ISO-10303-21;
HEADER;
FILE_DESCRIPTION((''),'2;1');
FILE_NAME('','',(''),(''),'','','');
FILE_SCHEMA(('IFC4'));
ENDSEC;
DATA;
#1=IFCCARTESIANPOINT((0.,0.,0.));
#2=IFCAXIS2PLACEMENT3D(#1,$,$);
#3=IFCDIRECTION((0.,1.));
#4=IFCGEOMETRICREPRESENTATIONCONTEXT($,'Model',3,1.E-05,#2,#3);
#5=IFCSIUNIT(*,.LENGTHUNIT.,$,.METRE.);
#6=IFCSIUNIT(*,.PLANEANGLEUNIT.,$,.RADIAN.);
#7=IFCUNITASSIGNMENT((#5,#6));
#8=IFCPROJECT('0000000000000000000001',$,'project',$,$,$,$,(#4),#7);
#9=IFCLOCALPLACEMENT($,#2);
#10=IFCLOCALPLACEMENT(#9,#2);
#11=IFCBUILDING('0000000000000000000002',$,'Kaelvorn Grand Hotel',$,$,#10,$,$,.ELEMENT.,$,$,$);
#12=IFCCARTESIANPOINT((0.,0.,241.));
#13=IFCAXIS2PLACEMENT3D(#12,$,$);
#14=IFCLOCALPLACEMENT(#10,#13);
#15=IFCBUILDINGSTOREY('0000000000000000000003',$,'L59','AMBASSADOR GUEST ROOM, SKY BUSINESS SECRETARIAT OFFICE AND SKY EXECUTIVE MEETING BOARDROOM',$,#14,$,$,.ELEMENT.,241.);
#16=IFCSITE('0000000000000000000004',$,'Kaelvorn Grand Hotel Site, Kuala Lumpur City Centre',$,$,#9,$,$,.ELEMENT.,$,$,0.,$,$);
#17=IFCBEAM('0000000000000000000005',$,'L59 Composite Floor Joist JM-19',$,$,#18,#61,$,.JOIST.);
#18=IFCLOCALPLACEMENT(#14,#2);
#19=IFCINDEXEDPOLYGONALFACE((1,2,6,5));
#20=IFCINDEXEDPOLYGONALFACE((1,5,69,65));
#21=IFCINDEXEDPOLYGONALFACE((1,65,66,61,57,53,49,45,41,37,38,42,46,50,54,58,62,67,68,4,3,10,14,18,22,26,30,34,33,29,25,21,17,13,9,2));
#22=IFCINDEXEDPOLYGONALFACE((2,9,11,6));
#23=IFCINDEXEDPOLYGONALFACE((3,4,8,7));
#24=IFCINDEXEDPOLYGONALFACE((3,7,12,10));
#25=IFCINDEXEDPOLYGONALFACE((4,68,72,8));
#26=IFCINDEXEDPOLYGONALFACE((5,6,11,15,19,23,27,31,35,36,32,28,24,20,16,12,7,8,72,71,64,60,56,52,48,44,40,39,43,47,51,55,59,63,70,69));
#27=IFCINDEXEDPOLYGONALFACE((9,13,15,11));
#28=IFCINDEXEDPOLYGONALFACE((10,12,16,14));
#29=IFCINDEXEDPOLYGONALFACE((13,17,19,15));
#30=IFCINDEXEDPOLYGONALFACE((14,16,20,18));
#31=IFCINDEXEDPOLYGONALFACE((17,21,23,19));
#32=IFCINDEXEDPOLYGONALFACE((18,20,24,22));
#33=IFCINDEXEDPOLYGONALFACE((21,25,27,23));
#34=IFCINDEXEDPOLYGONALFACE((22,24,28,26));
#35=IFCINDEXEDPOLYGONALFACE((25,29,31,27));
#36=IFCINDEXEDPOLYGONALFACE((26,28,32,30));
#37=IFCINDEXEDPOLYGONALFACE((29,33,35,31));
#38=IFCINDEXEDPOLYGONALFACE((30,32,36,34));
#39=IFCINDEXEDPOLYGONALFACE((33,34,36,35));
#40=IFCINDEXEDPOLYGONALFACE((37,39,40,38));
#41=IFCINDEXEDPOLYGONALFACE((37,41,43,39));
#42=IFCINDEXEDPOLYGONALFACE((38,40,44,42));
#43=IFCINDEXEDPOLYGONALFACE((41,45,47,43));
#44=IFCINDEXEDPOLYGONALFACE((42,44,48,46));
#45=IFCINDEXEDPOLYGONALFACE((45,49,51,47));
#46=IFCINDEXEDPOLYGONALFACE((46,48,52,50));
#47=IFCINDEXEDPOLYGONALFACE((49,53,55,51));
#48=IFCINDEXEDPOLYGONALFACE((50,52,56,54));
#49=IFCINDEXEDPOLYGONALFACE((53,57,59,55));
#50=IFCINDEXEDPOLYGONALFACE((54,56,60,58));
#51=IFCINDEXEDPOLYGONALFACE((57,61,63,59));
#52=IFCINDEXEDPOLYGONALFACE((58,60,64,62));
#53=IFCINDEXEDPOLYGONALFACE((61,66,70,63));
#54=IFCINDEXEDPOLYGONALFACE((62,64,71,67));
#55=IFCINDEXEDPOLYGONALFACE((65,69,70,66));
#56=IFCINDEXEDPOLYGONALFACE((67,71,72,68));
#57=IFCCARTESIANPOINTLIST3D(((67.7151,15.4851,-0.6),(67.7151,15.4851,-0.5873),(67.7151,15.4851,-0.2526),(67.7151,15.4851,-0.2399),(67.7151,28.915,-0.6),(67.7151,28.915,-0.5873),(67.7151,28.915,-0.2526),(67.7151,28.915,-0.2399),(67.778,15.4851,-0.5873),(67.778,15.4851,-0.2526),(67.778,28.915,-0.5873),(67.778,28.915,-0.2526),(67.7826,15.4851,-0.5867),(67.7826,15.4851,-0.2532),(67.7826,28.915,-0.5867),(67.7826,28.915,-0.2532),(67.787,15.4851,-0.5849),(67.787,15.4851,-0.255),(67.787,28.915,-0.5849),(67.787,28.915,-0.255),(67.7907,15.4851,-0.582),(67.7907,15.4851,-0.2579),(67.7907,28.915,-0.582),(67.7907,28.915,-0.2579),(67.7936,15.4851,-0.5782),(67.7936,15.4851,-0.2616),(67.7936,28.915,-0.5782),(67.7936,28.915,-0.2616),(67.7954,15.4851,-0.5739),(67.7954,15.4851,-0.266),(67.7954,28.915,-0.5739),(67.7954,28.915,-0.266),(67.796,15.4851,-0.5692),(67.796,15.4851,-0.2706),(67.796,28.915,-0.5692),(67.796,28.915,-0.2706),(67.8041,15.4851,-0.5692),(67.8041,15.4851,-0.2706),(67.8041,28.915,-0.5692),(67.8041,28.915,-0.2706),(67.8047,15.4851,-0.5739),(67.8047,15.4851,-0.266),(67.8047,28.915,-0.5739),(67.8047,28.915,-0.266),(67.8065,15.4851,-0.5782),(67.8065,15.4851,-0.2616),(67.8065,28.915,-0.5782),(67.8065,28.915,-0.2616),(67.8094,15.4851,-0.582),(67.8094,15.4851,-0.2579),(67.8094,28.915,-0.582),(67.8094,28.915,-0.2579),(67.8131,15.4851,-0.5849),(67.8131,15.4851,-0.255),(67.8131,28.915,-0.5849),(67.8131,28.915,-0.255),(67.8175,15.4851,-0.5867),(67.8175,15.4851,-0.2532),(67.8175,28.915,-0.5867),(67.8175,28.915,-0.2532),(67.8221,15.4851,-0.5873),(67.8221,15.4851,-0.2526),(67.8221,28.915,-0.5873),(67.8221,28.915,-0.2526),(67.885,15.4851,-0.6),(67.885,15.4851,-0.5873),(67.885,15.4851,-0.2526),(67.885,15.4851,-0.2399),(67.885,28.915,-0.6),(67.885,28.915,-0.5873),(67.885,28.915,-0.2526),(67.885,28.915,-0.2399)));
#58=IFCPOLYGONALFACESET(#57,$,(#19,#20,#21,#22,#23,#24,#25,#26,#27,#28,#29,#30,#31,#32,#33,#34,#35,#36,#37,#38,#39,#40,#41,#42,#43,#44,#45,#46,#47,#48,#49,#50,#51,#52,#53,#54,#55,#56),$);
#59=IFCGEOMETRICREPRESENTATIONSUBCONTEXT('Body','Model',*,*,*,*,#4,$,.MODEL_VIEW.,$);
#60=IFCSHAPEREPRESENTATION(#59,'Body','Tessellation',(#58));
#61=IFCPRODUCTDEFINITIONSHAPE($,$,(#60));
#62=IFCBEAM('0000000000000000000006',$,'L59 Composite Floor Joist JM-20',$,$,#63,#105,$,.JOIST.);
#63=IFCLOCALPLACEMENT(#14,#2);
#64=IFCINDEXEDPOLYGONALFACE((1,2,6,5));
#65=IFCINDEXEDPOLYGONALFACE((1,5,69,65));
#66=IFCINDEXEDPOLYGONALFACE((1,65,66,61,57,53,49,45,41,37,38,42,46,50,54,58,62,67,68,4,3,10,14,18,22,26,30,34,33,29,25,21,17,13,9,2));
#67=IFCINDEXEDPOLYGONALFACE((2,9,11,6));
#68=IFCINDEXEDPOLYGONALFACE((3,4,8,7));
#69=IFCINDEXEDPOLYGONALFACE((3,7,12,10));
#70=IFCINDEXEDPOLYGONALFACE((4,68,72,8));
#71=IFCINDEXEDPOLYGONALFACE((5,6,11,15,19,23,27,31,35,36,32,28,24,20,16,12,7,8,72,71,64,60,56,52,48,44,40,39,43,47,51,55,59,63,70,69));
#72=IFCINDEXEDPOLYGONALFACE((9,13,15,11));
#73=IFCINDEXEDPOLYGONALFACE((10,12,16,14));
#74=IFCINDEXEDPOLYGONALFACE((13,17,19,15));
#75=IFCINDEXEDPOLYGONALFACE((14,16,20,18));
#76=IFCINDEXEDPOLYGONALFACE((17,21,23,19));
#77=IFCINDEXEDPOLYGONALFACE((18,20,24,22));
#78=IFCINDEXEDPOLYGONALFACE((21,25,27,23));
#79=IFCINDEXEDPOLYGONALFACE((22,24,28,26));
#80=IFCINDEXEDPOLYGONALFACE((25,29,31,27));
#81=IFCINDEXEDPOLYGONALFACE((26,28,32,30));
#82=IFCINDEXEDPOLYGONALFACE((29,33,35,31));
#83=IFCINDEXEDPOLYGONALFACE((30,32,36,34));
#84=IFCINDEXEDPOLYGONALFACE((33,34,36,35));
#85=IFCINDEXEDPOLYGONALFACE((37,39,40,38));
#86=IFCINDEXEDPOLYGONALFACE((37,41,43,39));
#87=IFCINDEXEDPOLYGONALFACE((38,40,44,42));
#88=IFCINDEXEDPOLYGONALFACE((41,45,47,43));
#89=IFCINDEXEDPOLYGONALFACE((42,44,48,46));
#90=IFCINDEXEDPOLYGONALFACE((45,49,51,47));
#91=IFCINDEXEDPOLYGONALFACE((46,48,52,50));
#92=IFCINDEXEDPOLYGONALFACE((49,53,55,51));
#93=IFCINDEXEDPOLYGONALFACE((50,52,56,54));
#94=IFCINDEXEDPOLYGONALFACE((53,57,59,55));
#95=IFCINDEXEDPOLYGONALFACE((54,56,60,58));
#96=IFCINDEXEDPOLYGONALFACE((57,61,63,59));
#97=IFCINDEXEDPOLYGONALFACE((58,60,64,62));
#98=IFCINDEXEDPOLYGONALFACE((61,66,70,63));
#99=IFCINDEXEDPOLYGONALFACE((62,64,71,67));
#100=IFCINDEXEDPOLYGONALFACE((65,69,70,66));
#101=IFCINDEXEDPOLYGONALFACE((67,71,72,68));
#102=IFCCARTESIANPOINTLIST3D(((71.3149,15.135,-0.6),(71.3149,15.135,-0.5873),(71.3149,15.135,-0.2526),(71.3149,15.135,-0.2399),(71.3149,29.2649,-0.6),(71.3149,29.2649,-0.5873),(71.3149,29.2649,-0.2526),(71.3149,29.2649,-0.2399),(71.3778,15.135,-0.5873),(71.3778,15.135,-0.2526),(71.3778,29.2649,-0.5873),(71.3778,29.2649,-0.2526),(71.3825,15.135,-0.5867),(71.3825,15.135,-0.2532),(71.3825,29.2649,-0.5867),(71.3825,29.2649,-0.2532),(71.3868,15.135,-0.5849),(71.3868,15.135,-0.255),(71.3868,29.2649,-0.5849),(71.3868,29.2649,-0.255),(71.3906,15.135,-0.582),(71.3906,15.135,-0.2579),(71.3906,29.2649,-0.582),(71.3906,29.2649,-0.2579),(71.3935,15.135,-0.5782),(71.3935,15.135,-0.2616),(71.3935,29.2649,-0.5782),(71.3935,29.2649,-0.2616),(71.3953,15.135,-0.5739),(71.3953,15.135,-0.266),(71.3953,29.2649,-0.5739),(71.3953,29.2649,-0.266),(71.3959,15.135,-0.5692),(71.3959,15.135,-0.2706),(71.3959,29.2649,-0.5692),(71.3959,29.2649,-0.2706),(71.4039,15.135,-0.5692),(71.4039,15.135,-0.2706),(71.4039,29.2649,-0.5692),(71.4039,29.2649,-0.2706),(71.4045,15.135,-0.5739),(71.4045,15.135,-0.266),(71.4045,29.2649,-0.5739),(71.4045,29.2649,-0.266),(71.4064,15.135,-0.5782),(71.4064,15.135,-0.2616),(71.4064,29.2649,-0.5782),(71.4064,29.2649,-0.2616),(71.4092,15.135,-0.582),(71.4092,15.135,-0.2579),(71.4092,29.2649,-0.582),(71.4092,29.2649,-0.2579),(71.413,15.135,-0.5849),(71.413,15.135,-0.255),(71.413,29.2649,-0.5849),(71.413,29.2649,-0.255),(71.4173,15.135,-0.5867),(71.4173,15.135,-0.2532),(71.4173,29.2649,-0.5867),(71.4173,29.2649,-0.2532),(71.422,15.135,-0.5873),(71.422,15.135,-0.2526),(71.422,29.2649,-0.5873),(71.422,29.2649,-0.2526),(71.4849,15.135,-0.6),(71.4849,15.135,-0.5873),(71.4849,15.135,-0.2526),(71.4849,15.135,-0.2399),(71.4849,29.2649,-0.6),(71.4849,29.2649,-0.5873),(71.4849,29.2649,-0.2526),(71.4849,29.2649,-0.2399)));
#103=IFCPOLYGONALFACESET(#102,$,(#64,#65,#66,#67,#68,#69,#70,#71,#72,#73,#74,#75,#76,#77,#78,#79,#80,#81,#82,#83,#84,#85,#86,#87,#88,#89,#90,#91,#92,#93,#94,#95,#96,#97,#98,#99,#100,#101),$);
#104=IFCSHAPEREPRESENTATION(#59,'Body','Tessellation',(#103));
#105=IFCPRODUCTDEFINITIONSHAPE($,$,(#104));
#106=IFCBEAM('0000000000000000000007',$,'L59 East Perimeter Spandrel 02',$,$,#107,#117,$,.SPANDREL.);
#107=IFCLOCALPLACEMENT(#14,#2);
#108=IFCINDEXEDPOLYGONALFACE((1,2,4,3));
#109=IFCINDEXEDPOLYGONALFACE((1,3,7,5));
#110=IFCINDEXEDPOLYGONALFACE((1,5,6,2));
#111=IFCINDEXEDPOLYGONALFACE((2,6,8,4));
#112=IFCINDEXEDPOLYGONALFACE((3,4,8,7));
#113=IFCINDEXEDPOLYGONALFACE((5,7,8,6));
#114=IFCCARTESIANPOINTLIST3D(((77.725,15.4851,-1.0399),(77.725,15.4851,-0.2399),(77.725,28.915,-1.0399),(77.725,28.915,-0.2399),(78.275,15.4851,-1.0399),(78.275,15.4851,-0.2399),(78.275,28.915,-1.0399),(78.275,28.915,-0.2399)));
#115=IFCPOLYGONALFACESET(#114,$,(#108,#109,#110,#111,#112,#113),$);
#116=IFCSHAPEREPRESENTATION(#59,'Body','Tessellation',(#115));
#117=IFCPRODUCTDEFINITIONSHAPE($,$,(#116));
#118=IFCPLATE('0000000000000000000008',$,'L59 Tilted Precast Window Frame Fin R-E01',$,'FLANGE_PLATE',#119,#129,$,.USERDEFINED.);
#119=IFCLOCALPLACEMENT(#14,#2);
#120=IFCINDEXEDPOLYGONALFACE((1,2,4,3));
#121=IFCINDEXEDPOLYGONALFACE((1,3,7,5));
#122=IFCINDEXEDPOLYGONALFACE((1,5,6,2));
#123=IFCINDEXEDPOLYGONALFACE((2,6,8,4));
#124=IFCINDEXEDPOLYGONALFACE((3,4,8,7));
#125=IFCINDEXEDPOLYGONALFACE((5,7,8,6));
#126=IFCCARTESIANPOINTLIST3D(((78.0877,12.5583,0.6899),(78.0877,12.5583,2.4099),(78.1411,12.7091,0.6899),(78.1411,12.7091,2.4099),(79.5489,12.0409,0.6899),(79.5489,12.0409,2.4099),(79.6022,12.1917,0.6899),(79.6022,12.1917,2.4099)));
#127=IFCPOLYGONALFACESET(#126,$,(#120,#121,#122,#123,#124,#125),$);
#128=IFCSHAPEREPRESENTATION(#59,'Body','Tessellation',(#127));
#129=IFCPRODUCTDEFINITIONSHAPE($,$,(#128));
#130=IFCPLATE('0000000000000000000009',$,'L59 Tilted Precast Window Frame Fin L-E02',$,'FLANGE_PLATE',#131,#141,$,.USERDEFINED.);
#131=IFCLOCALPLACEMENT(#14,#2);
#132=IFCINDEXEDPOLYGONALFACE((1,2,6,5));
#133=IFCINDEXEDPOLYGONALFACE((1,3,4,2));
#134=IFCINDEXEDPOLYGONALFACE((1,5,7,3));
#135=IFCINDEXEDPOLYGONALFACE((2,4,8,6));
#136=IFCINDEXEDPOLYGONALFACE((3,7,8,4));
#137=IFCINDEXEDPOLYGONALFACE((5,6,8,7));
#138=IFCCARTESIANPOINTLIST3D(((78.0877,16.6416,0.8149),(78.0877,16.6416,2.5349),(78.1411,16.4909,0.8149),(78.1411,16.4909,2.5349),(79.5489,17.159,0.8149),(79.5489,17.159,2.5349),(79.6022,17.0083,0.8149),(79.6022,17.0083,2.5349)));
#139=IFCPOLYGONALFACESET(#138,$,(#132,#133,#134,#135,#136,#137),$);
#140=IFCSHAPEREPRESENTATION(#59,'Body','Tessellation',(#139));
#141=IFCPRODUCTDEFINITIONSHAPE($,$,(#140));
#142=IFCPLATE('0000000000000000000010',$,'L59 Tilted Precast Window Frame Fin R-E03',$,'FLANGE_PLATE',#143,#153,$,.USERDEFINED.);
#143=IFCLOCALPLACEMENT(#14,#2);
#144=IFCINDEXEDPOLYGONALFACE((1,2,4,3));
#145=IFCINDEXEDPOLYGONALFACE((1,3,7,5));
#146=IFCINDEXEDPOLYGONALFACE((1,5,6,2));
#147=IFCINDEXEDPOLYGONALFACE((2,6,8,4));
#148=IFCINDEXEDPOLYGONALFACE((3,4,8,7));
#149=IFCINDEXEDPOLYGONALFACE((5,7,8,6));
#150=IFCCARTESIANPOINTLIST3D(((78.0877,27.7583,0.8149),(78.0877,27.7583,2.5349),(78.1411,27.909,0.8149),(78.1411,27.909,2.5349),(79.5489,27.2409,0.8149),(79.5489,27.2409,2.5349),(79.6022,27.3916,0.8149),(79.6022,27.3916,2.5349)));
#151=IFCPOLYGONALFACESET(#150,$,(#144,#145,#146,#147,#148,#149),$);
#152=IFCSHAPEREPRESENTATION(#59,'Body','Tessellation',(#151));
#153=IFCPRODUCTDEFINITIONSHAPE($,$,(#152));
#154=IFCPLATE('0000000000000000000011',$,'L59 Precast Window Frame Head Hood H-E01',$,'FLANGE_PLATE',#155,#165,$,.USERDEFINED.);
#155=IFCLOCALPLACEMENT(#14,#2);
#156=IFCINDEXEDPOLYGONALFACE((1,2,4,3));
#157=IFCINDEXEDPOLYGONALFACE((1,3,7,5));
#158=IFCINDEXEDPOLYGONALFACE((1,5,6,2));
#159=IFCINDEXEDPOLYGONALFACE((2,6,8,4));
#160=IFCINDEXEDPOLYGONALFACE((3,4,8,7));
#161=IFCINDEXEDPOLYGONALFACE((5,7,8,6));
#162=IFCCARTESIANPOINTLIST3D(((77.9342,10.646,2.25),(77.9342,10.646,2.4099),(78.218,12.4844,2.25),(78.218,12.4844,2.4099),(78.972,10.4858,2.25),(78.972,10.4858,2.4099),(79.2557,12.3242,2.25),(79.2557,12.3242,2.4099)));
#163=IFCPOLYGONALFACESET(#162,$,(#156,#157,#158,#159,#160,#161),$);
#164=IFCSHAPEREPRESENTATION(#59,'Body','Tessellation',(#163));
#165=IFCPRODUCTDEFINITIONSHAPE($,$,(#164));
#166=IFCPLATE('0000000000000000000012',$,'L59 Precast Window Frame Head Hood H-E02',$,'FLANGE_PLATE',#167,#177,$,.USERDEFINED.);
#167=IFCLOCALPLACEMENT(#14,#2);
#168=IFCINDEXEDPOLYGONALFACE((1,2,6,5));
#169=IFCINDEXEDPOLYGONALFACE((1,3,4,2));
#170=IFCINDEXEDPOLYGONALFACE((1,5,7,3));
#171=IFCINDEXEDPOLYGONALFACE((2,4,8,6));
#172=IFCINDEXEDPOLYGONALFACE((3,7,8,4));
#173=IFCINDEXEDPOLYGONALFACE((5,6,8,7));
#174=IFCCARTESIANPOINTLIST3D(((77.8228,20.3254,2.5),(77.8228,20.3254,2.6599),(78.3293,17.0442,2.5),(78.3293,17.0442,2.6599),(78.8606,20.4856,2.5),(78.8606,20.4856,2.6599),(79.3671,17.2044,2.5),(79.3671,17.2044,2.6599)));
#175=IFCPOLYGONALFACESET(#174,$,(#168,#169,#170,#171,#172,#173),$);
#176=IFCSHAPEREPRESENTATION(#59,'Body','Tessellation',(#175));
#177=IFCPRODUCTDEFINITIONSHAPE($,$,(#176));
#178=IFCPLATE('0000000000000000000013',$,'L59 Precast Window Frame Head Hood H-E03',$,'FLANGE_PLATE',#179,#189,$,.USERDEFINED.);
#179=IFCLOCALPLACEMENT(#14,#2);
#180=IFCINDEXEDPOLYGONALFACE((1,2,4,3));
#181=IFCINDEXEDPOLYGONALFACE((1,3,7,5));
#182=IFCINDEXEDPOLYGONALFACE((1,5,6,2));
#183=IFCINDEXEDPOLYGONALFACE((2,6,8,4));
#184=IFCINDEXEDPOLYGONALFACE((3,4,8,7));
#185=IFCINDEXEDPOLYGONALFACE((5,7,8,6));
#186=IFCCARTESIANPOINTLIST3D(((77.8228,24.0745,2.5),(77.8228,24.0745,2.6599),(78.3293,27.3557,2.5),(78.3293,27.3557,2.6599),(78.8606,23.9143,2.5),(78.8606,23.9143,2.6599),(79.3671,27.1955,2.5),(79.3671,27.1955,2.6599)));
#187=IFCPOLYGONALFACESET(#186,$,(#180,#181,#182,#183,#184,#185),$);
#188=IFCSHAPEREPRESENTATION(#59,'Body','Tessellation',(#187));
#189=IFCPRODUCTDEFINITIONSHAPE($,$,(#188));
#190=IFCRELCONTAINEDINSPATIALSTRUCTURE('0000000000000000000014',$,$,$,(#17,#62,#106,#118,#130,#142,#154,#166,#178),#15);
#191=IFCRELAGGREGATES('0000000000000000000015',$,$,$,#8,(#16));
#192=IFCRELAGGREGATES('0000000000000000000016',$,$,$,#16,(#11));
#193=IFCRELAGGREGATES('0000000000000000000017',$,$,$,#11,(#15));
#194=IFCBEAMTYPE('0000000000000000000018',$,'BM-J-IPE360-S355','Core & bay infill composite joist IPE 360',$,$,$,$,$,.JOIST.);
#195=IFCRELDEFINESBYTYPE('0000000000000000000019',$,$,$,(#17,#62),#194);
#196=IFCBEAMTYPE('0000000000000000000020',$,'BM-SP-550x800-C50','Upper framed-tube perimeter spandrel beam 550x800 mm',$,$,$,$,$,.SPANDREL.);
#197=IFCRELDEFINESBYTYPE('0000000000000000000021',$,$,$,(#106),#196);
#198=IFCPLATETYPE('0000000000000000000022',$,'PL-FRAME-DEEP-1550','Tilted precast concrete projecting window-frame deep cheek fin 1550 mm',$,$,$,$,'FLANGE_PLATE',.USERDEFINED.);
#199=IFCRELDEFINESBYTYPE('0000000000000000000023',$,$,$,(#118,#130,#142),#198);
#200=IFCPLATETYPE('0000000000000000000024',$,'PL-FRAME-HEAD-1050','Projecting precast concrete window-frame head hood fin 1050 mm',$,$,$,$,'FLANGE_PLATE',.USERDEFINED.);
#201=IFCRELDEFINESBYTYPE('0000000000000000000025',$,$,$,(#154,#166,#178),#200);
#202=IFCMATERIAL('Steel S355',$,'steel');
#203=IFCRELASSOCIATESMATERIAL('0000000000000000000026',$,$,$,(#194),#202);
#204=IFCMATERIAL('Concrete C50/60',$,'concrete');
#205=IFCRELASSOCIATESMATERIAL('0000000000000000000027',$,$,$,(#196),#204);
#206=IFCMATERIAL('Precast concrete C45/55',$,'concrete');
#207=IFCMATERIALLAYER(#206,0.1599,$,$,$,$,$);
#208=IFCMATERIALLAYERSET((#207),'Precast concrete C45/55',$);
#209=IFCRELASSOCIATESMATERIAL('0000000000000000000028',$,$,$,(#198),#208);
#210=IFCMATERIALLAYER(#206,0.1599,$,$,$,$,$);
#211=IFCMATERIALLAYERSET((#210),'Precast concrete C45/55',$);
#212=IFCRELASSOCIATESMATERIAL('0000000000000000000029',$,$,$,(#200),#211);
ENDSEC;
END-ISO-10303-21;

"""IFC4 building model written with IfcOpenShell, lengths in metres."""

from ifc_helpers import new_model, si_unit, direction, frame, origin, origin_2d, place, context, subcontext, project, spatial, rectangle, i_section, extrude, material, layer, layer_set, material_profile, profile_set, type_object, element, save


model = new_model("IFC4")

# Units and contexts
model_context = context("Model", 3, precision=1e-05, world=origin(), true_north=direction((0.0, 1.0)))
body_context = subcontext(model_context, "Body", "Model", "MODEL_VIEW")
ifc_project = project(units=[si_unit("LENGTHUNIT", "METRE"), si_unit("PLANEANGLEUNIT", "RADIAN")], contexts=[model_context])

# Site, building, storey
site_placement = place(None, origin())
site = spatial("IfcSite", under=ifc_project, at=site_placement, Name="Kaelvorn Grand Hotel Site, Kuala Lumpur City Centre", CompositionType="ELEMENT", RefElevation=0.0)
building_placement = place(site_placement, origin())
building = spatial("IfcBuilding", under=site, at=building_placement, Name="Kaelvorn Grand Hotel", CompositionType="ELEMENT")
storey_placement = place(building_placement, frame((0.0, 0.0, 241.0)))
storey = spatial("IfcBuildingStorey", under=building, at=storey_placement, Name="L59", Description="AMBASSADOR GUEST ROOM, SKY BUSINESS SECRETARIAT OFFICE AND SKY EXECUTIVE MEETING BOARDROOM", CompositionType="ELEMENT", Elevation=241.0)

# Shared definitions
ifc_material_1 = material(Name="Concrete C50/60", Category="concrete")

# Beams
ifc_material_2 = material(Name="Steel S355", Category="steel")
ifc_material_profile_1 = material_profile(ifc_material_2, i_section(OverallWidth=0.1699, OverallDepth=0.3601, WebThickness=0.0081, FlangeThickness=0.0127, FilletRadius=0.0181, at=origin_2d()), Name="IPE 360")
ifc_profile_set_1 = profile_set([ifc_material_profile_1], Name="Steel S355")
beam_type_1 = type_object("IfcBeamType", Name="BM-J-IPE360-S355", Description="Core & bay infill composite joist IPE 360", PredefinedType="JOIST", material=ifc_profile_set_1)
beam_1_placement = place(storey_placement, frame((67.8, 15.4851, -0.4199), z_axis=(0.0, 1.0, 0.0), x_axis=(-1.0, 0.0, 0.0)))
element("IfcBeam", 1, at=beam_1_placement, inside=storey, type_object=beam_type_1, Name="L59 Composite Floor Joist JM-19", PredefinedType="JOIST", context=body_context, shape_type="SweptSolid", body=[
    extrude(i_section(OverallWidth=0.1699, OverallDepth=0.3601, WebThickness=0.0081, FlangeThickness=0.0127, FilletRadius=0.0181, at=origin_2d()), origin(), (0.0, 0.0, 1.0), 13.4299),
])
beam_2_placement = place(storey_placement, frame((71.3999, 15.135, -0.4199), z_axis=(0.0, 1.0, 0.0), x_axis=(-1.0, 0.0, 0.0)))
element("IfcBeam", 2, at=beam_2_placement, inside=storey, type_object=beam_type_1, Name="L59 Composite Floor Joist JM-20", PredefinedType="JOIST", context=body_context, shape_type="SweptSolid", body=[
    extrude(i_section(OverallWidth=0.1699, OverallDepth=0.3601, WebThickness=0.0081, FlangeThickness=0.0127, FilletRadius=0.0181, at=origin_2d()), origin(), (0.0, 0.0, 1.0), 14.1299),
])
ifc_material_profile_2 = material_profile(ifc_material_1, rectangle(XDim=0.55, YDim=0.8, at=origin_2d()), Name="RC SPANDREL 550x800")
ifc_profile_set_2 = profile_set([ifc_material_profile_2], Name="Concrete C50/60")
beam_type_2 = type_object("IfcBeamType", Name="BM-SP-550x800-C50", Description="Upper framed-tube perimeter spandrel beam 550x800 mm", PredefinedType="SPANDREL", material=ifc_profile_set_2)
beam_3_placement = place(storey_placement, frame((78.0, 15.4851, -0.6399), z_axis=(0.0, 1.0, 0.0), x_axis=(-1.0, 0.0, 0.0)))
element("IfcBeam", 3, at=beam_3_placement, inside=storey, type_object=beam_type_2, Name="L59 East Perimeter Spandrel 02", PredefinedType="SPANDREL", context=body_context, shape_type="SweptSolid", body=[
    extrude(rectangle(XDim=0.55, YDim=0.8, at=origin_2d()), origin(), (0.0, 0.0, 1.0), 13.4299),
])

# Plates
ifc_material_3 = material(Name="Precast concrete C45/55", Category="concrete")
ifc_layer_1 = layer(ifc_material_3, 0.1599)
ifc_layer_set_1 = layer_set([ifc_layer_1], Name="Precast concrete C45/55")
plate_type_1 = type_object("IfcPlateType", Name="PL-FRAME-DEEP-1550", Description="Tilted precast concrete projecting window-frame deep cheek fin 1550 mm", ElementType="FLANGE_PLATE", PredefinedType="USERDEFINED", material=ifc_layer_set_1)
for number, where, z_axis, x_axis, name in (
    (4, (78.845, 12.375, 0.6899), (0.0, 0.0, 1.0), (0.333807, 0.942641, 0.0), "L59 Tilted Precast Window Frame Fin R-E01"),
    (5, (78.845, 16.825, 0.8149), (0.0, 0.0, 1.0), (-0.333807, 0.942641, 0.0), "L59 Tilted Precast Window Frame Fin L-E02"),
    (6, (78.845, 27.575, 0.8149), (0.0, 0.0, 1.0), (0.333807, 0.942641, 0.0), "L59 Tilted Precast Window Frame Fin R-E03"),
):
    element("IfcPlate", number, at=place(storey_placement, frame(where, z_axis=z_axis, x_axis=x_axis)), inside=storey, type_object=plate_type_1, Name=name, ObjectType="FLANGE_PLATE", PredefinedType="USERDEFINED", context=body_context, shape_type="SweptSolid", body=[
        extrude(rectangle(XDim=0.1599, YDim=1.55, at=origin_2d()), origin(), (0.0, 0.0, 1.0), 1.72),
    ])
ifc_layer_2 = layer(ifc_material_3, 0.1599)
ifc_layer_set_2 = layer_set([ifc_layer_2], Name="Precast concrete C45/55")
plate_type_2 = type_object("IfcPlateType", Name="PL-FRAME-HEAD-1050", Description="Projecting precast concrete window-frame head hood fin 1050 mm", ElementType="FLANGE_PLATE", PredefinedType="USERDEFINED", material=ifc_layer_set_2)
plate_placement = place(storey_placement, frame((78.595, 11.4851, 2.25), z_axis=(0.0, 0.0, 1.0), x_axis=(0.152555, 0.988295, 0.0)))
element("IfcPlate", 7, at=plate_placement, inside=storey, type_object=plate_type_2, Name="L59 Precast Window Frame Head Hood H-E01", ObjectType="FLANGE_PLATE", PredefinedType="USERDEFINED", context=body_context, shape_type="SweptSolid", body=[
    extrude(rectangle(XDim=1.8601, YDim=1.05, at=origin_2d()), origin(), (0.0, 0.0, 1.0), 0.1599),
])
for number, where, z_axis, x_axis, name in (
    (8, (78.595, 18.7649, 2.5), (0.0, 0.0, 1.0), (-0.152555, 0.988295, 0.0), "L59 Precast Window Frame Head Hood H-E02"),
    (9, (78.595, 25.635, 2.5), (0.0, 0.0, 1.0), (0.152555, 0.988295, 0.0), "L59 Precast Window Frame Head Hood H-E03"),
):
    element("IfcPlate", number, at=place(storey_placement, frame(where, z_axis=z_axis, x_axis=x_axis)), inside=storey, type_object=plate_type_2, Name=name, ObjectType="FLANGE_PLATE", PredefinedType="USERDEFINED", context=body_context, shape_type="SweptSolid", body=[
        extrude(rectangle(XDim=3.3201, YDim=1.05, at=origin_2d()), origin(), (0.0, 0.0, 1.0), 0.1599),
    ])

save(model, "model.ifc")
